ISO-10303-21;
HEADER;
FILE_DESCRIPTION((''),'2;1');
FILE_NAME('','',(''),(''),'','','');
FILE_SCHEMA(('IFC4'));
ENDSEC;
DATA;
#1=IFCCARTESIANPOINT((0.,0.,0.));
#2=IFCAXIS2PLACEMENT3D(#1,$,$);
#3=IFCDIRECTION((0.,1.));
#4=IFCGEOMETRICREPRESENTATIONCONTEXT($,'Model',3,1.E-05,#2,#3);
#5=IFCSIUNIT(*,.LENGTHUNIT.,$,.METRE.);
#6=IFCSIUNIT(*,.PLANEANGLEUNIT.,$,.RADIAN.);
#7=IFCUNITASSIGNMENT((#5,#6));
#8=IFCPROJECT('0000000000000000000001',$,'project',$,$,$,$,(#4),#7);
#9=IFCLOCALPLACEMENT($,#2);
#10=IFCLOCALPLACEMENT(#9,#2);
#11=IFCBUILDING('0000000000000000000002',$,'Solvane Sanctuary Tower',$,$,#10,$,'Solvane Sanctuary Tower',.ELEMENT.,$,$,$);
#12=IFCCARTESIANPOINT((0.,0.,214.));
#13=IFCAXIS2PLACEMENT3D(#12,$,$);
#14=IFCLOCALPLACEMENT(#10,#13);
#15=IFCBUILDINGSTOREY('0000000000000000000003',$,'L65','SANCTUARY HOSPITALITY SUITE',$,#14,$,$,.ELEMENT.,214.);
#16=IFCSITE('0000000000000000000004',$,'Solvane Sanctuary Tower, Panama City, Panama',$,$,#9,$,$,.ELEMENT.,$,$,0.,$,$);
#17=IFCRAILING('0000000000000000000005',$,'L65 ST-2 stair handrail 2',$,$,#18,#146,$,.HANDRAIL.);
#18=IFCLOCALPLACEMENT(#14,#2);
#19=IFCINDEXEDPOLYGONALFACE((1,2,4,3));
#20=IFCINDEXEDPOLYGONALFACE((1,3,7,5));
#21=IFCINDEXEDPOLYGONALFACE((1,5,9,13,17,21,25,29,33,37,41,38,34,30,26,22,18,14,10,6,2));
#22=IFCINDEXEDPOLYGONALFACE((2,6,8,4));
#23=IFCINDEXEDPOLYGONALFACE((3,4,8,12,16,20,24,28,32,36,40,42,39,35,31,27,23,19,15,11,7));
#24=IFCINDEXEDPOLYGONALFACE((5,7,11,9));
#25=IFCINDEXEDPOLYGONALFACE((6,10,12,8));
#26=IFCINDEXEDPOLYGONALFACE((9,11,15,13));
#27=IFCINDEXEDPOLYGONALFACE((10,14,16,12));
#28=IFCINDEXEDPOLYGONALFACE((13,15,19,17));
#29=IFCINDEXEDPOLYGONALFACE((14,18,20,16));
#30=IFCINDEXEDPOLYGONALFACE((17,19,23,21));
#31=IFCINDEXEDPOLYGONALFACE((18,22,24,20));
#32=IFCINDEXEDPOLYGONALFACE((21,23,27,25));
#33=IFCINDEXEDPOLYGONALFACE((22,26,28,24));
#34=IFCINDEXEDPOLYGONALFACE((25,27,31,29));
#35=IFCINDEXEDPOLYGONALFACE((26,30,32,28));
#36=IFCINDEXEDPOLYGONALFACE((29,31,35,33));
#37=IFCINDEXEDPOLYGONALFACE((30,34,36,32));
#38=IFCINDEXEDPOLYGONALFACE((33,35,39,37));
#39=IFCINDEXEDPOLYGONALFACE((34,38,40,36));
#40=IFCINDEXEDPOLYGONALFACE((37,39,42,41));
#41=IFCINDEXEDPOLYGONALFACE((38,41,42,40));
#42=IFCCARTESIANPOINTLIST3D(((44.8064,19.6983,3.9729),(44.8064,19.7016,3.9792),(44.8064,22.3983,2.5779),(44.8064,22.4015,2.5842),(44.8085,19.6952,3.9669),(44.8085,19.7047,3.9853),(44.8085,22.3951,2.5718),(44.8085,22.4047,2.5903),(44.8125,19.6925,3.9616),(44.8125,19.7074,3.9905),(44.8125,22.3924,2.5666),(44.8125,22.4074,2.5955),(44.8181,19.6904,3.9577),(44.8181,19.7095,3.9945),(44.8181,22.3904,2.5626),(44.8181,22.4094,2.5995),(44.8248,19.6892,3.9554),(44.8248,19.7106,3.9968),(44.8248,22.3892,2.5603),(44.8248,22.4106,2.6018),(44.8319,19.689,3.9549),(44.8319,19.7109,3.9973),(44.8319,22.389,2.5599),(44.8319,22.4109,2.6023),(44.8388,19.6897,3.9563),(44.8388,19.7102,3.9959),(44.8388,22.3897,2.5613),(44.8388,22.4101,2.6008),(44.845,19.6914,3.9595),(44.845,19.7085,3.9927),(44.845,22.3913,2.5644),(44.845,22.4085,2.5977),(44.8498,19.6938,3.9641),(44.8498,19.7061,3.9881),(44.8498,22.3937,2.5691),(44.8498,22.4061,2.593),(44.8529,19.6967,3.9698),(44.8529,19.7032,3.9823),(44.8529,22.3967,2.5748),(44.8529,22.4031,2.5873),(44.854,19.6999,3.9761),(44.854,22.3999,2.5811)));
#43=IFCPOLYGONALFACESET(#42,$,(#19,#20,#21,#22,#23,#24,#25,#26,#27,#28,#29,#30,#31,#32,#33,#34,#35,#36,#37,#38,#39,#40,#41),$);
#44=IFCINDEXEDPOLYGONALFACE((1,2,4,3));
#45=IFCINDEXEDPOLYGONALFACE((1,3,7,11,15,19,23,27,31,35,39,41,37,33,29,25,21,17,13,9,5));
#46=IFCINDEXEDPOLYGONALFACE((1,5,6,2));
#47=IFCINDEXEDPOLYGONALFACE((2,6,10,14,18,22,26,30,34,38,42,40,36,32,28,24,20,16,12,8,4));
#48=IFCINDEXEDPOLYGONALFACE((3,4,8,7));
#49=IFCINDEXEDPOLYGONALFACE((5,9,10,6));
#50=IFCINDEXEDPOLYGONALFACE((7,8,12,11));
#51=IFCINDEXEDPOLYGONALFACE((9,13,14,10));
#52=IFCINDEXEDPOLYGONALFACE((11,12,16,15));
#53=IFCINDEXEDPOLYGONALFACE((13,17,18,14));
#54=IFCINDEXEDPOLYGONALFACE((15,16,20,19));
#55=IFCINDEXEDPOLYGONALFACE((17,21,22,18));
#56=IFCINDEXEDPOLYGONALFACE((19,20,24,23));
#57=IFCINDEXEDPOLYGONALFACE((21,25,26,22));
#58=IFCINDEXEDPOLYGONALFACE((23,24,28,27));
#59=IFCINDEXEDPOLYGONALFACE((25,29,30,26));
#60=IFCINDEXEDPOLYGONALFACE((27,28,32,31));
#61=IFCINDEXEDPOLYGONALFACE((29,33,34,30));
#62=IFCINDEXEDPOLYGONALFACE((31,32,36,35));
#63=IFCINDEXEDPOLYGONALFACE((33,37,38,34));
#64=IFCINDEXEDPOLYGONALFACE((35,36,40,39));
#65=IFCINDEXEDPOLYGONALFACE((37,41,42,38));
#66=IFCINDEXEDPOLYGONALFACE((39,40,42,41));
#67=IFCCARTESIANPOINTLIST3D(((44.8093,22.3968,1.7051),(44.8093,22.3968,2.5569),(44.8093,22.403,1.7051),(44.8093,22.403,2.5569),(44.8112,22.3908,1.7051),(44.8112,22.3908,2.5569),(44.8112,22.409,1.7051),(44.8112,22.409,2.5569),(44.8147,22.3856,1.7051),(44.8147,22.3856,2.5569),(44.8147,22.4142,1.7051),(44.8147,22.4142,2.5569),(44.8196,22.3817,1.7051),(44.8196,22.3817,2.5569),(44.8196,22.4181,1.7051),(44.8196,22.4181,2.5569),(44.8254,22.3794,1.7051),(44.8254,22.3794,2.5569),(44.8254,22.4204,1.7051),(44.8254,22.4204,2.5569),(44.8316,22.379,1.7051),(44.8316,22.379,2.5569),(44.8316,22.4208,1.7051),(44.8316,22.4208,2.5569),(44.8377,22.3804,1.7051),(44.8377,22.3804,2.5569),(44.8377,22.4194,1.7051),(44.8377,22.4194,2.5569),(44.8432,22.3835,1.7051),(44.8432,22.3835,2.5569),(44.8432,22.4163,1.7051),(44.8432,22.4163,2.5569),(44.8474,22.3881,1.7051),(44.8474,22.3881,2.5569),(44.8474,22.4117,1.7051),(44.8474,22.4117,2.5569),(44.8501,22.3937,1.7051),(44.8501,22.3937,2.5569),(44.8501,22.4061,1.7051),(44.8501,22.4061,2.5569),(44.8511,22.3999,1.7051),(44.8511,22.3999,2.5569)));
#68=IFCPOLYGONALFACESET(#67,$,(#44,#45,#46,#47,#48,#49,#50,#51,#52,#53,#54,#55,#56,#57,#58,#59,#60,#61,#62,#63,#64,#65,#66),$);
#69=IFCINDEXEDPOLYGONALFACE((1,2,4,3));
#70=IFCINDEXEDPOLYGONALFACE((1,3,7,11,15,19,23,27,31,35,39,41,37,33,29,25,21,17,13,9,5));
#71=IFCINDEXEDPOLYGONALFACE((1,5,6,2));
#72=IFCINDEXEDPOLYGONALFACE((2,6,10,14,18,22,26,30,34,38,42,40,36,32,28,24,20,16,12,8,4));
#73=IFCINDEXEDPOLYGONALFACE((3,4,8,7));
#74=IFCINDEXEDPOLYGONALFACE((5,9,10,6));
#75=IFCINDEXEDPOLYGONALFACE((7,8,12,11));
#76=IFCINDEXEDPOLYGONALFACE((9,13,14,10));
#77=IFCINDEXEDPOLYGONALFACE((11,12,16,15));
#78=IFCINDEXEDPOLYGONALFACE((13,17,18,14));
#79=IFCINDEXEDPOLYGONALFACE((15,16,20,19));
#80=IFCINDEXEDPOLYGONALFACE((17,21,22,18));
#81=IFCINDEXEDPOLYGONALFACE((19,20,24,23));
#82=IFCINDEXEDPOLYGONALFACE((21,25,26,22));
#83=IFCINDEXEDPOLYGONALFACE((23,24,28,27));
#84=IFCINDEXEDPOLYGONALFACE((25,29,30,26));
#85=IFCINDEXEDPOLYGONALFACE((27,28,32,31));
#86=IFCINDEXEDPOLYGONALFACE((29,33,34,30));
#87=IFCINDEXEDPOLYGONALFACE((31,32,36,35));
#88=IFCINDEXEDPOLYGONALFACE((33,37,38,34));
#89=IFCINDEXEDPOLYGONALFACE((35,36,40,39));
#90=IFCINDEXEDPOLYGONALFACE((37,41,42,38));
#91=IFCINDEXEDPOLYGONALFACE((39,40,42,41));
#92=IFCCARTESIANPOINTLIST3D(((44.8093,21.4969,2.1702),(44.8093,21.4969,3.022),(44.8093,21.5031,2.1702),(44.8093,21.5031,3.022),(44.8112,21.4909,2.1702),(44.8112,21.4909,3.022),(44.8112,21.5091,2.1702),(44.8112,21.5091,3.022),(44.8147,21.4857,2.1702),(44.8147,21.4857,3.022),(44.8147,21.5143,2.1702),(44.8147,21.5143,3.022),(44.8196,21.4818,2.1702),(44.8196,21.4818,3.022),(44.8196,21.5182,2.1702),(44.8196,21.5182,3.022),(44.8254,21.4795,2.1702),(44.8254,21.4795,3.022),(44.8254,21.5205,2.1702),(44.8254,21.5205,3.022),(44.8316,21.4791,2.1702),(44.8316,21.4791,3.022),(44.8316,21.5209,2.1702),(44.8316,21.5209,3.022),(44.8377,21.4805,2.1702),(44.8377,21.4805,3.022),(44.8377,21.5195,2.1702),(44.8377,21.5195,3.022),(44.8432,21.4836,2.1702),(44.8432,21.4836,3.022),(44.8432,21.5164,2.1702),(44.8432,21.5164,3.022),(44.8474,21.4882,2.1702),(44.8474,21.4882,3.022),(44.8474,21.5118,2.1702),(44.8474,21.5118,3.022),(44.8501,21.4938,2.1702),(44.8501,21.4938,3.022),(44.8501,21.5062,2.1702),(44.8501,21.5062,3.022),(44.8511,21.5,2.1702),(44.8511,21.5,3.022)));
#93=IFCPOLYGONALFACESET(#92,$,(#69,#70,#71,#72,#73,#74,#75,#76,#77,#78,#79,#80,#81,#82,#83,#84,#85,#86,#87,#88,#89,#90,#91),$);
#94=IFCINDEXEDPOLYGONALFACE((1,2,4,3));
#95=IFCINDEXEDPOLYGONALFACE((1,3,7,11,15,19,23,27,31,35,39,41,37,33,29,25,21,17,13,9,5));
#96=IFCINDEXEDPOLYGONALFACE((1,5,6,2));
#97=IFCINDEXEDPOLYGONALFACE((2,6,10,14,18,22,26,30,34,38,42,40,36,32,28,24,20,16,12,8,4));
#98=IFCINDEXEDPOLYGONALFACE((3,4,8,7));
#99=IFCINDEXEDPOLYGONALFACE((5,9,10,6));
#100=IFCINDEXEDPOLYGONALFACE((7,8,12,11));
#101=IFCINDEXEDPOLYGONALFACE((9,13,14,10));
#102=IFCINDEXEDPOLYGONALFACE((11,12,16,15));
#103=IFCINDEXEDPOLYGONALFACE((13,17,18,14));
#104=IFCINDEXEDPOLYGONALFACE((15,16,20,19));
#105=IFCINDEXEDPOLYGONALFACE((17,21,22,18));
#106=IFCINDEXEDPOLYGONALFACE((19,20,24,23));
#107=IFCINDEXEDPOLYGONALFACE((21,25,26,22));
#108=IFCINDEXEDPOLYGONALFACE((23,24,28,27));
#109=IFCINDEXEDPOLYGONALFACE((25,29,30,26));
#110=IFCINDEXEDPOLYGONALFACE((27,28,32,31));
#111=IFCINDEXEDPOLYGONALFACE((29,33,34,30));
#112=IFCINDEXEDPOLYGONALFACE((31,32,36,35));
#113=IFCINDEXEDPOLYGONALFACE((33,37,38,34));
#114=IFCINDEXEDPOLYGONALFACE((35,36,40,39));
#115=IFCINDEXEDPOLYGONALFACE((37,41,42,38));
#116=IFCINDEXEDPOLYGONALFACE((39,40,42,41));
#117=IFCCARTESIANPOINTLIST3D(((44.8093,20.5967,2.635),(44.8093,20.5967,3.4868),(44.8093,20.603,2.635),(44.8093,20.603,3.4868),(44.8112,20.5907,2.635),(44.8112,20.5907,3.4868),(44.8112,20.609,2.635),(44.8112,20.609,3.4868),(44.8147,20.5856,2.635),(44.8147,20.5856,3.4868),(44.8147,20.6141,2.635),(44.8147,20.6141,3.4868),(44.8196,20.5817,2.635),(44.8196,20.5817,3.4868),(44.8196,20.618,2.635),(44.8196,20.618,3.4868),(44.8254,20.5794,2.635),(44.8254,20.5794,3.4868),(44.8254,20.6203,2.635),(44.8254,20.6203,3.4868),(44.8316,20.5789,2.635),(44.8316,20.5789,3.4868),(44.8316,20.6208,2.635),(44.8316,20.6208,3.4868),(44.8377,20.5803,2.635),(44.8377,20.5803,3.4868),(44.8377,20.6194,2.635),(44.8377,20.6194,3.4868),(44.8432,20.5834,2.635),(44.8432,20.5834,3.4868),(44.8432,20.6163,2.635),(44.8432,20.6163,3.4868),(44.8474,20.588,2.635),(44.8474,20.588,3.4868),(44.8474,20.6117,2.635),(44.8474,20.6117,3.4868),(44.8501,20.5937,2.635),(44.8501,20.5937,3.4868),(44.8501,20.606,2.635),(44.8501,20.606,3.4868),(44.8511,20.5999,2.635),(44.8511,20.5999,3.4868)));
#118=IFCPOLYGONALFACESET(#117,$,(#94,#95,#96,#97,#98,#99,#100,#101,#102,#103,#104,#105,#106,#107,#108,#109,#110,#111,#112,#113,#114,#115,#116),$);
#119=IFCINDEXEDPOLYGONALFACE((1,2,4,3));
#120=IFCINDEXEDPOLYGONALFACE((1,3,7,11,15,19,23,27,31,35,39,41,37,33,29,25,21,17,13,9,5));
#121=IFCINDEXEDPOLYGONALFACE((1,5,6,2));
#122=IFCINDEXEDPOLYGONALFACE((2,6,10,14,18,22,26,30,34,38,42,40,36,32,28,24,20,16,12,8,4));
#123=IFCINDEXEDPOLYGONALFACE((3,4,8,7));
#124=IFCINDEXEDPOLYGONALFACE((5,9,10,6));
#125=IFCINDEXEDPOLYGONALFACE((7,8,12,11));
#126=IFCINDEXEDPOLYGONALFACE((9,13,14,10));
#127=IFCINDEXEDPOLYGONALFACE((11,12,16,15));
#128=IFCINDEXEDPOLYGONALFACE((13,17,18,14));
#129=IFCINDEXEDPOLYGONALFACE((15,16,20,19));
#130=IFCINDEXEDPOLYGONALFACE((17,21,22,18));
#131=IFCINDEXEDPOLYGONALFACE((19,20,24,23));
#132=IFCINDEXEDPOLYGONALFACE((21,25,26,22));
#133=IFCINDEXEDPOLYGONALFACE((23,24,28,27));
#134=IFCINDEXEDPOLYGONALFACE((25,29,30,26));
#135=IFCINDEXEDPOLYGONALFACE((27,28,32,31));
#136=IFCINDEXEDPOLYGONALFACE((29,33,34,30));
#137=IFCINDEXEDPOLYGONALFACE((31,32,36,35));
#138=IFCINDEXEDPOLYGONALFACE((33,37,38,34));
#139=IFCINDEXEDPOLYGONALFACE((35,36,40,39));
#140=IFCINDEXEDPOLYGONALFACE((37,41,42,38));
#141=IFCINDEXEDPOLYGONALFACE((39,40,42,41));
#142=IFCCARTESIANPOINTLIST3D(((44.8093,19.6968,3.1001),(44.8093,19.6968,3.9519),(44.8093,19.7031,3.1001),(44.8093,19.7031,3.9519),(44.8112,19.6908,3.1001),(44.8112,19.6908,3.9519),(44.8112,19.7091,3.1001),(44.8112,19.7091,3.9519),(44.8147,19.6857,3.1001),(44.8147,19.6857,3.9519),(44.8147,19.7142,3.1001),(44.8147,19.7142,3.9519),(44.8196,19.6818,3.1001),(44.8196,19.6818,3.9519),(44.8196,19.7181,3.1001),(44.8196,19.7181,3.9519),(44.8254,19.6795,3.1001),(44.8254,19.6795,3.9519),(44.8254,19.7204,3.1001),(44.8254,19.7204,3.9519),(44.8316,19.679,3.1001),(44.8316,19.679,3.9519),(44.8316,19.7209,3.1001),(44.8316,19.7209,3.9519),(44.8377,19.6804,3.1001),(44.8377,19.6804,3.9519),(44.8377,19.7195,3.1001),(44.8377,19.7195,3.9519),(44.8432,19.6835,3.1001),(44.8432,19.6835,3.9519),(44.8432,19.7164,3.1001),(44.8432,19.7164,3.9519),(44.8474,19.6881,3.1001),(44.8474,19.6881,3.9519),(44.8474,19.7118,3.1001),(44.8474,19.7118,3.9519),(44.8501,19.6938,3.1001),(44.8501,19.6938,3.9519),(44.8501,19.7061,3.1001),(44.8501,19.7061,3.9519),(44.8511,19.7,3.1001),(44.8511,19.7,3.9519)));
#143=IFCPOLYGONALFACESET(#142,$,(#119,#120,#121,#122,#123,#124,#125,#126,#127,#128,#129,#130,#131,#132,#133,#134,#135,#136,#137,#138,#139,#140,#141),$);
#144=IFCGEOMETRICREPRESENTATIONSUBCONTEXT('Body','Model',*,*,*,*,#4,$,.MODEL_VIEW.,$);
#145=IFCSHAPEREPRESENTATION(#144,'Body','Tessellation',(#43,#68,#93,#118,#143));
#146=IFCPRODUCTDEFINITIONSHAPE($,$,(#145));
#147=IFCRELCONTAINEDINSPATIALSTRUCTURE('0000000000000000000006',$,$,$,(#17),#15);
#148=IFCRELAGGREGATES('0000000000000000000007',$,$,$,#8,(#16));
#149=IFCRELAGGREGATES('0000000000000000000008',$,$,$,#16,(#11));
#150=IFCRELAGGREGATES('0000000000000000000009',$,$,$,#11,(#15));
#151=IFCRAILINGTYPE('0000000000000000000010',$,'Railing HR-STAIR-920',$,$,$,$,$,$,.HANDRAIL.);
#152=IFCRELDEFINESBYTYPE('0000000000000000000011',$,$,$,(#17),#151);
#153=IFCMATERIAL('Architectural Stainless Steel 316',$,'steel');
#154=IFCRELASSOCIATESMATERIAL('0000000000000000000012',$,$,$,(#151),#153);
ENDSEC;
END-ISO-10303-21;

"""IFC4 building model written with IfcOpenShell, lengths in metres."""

from ifc_helpers import new_model, si_unit, direction, frame, origin, origin_2d, place, context, subcontext, project, spatial, circle, extrude, material, type_object, element, save


model = new_model("IFC4")

# Units and contexts
model_context = context("Model", 3, precision=1e-05, world=origin(), true_north=direction((0.0, 1.0)))
body_context = subcontext(model_context, "Body", "Model", "MODEL_VIEW")
ifc_project = project(units=[si_unit("LENGTHUNIT", "METRE"), si_unit("PLANEANGLEUNIT", "RADIAN")], contexts=[model_context])

# Site, building, storey
site_placement = place(None, origin())
site = spatial("IfcSite", under=ifc_project, at=site_placement, Name="Solvane Sanctuary Tower, Panama City, Panama", CompositionType="ELEMENT", RefElevation=0.0)
building_placement = place(site_placement, origin())
building = spatial("IfcBuilding", under=site, at=building_placement, Name="Solvane Sanctuary Tower", LongName="Solvane Sanctuary Tower", CompositionType="ELEMENT")
storey_placement = place(building_placement, frame((0.0, 0.0, 214.0)))
storey = spatial("IfcBuildingStorey", under=building, at=storey_placement, Name="L65", Description="SANCTUARY HOSPITALITY SUITE", CompositionType="ELEMENT", Elevation=214.0)

# Shared definitions
ifc_material_1 = material(Name="Architectural Stainless Steel 316", Category="steel")

# Railing
railing_type_1 = type_object("IfcRailingType", Name="Railing HR-STAIR-920", PredefinedType="HANDRAIL", material=ifc_material_1)
railing_1_placement = place(storey_placement, frame((44.8301, 22.3999, 1.7051)))
element("IfcRailing", 1, at=railing_1_placement, inside=storey, type_object=railing_type_1, Name="L65 ST-2 stair handrail 2", PredefinedType="HANDRAIL", context=body_context, shape_type="SweptSolid", body=[
    extrude(circle(Radius=0.0239, at=origin_2d()), frame((0.0, 0.0, 0.876), z_axis=(0.0, -0.88842, 0.459032), x_axis=(1.0, 0.0, 0.0)), (0.0, 0.0, 1.0), 3.0391),
    extrude(circle(Radius=0.021, at=origin_2d()), origin(), (0.0, 0.0, 1.0), 0.8518),
    extrude(circle(Radius=0.021, at=origin_2d()), frame((0.0, -0.8999, 0.4651)), (0.0, 0.0, 1.0), 0.8518),
    extrude(circle(Radius=0.021, at=origin_2d()), frame((0.0, -1.8, 0.9299)), (0.0, 0.0, 1.0), 0.8518),
    extrude(circle(Radius=0.021, at=origin_2d()), frame((0.0, -2.7, 1.395)), (0.0, 0.0, 1.0), 0.8518),
])

save(model, "model.ifc")
